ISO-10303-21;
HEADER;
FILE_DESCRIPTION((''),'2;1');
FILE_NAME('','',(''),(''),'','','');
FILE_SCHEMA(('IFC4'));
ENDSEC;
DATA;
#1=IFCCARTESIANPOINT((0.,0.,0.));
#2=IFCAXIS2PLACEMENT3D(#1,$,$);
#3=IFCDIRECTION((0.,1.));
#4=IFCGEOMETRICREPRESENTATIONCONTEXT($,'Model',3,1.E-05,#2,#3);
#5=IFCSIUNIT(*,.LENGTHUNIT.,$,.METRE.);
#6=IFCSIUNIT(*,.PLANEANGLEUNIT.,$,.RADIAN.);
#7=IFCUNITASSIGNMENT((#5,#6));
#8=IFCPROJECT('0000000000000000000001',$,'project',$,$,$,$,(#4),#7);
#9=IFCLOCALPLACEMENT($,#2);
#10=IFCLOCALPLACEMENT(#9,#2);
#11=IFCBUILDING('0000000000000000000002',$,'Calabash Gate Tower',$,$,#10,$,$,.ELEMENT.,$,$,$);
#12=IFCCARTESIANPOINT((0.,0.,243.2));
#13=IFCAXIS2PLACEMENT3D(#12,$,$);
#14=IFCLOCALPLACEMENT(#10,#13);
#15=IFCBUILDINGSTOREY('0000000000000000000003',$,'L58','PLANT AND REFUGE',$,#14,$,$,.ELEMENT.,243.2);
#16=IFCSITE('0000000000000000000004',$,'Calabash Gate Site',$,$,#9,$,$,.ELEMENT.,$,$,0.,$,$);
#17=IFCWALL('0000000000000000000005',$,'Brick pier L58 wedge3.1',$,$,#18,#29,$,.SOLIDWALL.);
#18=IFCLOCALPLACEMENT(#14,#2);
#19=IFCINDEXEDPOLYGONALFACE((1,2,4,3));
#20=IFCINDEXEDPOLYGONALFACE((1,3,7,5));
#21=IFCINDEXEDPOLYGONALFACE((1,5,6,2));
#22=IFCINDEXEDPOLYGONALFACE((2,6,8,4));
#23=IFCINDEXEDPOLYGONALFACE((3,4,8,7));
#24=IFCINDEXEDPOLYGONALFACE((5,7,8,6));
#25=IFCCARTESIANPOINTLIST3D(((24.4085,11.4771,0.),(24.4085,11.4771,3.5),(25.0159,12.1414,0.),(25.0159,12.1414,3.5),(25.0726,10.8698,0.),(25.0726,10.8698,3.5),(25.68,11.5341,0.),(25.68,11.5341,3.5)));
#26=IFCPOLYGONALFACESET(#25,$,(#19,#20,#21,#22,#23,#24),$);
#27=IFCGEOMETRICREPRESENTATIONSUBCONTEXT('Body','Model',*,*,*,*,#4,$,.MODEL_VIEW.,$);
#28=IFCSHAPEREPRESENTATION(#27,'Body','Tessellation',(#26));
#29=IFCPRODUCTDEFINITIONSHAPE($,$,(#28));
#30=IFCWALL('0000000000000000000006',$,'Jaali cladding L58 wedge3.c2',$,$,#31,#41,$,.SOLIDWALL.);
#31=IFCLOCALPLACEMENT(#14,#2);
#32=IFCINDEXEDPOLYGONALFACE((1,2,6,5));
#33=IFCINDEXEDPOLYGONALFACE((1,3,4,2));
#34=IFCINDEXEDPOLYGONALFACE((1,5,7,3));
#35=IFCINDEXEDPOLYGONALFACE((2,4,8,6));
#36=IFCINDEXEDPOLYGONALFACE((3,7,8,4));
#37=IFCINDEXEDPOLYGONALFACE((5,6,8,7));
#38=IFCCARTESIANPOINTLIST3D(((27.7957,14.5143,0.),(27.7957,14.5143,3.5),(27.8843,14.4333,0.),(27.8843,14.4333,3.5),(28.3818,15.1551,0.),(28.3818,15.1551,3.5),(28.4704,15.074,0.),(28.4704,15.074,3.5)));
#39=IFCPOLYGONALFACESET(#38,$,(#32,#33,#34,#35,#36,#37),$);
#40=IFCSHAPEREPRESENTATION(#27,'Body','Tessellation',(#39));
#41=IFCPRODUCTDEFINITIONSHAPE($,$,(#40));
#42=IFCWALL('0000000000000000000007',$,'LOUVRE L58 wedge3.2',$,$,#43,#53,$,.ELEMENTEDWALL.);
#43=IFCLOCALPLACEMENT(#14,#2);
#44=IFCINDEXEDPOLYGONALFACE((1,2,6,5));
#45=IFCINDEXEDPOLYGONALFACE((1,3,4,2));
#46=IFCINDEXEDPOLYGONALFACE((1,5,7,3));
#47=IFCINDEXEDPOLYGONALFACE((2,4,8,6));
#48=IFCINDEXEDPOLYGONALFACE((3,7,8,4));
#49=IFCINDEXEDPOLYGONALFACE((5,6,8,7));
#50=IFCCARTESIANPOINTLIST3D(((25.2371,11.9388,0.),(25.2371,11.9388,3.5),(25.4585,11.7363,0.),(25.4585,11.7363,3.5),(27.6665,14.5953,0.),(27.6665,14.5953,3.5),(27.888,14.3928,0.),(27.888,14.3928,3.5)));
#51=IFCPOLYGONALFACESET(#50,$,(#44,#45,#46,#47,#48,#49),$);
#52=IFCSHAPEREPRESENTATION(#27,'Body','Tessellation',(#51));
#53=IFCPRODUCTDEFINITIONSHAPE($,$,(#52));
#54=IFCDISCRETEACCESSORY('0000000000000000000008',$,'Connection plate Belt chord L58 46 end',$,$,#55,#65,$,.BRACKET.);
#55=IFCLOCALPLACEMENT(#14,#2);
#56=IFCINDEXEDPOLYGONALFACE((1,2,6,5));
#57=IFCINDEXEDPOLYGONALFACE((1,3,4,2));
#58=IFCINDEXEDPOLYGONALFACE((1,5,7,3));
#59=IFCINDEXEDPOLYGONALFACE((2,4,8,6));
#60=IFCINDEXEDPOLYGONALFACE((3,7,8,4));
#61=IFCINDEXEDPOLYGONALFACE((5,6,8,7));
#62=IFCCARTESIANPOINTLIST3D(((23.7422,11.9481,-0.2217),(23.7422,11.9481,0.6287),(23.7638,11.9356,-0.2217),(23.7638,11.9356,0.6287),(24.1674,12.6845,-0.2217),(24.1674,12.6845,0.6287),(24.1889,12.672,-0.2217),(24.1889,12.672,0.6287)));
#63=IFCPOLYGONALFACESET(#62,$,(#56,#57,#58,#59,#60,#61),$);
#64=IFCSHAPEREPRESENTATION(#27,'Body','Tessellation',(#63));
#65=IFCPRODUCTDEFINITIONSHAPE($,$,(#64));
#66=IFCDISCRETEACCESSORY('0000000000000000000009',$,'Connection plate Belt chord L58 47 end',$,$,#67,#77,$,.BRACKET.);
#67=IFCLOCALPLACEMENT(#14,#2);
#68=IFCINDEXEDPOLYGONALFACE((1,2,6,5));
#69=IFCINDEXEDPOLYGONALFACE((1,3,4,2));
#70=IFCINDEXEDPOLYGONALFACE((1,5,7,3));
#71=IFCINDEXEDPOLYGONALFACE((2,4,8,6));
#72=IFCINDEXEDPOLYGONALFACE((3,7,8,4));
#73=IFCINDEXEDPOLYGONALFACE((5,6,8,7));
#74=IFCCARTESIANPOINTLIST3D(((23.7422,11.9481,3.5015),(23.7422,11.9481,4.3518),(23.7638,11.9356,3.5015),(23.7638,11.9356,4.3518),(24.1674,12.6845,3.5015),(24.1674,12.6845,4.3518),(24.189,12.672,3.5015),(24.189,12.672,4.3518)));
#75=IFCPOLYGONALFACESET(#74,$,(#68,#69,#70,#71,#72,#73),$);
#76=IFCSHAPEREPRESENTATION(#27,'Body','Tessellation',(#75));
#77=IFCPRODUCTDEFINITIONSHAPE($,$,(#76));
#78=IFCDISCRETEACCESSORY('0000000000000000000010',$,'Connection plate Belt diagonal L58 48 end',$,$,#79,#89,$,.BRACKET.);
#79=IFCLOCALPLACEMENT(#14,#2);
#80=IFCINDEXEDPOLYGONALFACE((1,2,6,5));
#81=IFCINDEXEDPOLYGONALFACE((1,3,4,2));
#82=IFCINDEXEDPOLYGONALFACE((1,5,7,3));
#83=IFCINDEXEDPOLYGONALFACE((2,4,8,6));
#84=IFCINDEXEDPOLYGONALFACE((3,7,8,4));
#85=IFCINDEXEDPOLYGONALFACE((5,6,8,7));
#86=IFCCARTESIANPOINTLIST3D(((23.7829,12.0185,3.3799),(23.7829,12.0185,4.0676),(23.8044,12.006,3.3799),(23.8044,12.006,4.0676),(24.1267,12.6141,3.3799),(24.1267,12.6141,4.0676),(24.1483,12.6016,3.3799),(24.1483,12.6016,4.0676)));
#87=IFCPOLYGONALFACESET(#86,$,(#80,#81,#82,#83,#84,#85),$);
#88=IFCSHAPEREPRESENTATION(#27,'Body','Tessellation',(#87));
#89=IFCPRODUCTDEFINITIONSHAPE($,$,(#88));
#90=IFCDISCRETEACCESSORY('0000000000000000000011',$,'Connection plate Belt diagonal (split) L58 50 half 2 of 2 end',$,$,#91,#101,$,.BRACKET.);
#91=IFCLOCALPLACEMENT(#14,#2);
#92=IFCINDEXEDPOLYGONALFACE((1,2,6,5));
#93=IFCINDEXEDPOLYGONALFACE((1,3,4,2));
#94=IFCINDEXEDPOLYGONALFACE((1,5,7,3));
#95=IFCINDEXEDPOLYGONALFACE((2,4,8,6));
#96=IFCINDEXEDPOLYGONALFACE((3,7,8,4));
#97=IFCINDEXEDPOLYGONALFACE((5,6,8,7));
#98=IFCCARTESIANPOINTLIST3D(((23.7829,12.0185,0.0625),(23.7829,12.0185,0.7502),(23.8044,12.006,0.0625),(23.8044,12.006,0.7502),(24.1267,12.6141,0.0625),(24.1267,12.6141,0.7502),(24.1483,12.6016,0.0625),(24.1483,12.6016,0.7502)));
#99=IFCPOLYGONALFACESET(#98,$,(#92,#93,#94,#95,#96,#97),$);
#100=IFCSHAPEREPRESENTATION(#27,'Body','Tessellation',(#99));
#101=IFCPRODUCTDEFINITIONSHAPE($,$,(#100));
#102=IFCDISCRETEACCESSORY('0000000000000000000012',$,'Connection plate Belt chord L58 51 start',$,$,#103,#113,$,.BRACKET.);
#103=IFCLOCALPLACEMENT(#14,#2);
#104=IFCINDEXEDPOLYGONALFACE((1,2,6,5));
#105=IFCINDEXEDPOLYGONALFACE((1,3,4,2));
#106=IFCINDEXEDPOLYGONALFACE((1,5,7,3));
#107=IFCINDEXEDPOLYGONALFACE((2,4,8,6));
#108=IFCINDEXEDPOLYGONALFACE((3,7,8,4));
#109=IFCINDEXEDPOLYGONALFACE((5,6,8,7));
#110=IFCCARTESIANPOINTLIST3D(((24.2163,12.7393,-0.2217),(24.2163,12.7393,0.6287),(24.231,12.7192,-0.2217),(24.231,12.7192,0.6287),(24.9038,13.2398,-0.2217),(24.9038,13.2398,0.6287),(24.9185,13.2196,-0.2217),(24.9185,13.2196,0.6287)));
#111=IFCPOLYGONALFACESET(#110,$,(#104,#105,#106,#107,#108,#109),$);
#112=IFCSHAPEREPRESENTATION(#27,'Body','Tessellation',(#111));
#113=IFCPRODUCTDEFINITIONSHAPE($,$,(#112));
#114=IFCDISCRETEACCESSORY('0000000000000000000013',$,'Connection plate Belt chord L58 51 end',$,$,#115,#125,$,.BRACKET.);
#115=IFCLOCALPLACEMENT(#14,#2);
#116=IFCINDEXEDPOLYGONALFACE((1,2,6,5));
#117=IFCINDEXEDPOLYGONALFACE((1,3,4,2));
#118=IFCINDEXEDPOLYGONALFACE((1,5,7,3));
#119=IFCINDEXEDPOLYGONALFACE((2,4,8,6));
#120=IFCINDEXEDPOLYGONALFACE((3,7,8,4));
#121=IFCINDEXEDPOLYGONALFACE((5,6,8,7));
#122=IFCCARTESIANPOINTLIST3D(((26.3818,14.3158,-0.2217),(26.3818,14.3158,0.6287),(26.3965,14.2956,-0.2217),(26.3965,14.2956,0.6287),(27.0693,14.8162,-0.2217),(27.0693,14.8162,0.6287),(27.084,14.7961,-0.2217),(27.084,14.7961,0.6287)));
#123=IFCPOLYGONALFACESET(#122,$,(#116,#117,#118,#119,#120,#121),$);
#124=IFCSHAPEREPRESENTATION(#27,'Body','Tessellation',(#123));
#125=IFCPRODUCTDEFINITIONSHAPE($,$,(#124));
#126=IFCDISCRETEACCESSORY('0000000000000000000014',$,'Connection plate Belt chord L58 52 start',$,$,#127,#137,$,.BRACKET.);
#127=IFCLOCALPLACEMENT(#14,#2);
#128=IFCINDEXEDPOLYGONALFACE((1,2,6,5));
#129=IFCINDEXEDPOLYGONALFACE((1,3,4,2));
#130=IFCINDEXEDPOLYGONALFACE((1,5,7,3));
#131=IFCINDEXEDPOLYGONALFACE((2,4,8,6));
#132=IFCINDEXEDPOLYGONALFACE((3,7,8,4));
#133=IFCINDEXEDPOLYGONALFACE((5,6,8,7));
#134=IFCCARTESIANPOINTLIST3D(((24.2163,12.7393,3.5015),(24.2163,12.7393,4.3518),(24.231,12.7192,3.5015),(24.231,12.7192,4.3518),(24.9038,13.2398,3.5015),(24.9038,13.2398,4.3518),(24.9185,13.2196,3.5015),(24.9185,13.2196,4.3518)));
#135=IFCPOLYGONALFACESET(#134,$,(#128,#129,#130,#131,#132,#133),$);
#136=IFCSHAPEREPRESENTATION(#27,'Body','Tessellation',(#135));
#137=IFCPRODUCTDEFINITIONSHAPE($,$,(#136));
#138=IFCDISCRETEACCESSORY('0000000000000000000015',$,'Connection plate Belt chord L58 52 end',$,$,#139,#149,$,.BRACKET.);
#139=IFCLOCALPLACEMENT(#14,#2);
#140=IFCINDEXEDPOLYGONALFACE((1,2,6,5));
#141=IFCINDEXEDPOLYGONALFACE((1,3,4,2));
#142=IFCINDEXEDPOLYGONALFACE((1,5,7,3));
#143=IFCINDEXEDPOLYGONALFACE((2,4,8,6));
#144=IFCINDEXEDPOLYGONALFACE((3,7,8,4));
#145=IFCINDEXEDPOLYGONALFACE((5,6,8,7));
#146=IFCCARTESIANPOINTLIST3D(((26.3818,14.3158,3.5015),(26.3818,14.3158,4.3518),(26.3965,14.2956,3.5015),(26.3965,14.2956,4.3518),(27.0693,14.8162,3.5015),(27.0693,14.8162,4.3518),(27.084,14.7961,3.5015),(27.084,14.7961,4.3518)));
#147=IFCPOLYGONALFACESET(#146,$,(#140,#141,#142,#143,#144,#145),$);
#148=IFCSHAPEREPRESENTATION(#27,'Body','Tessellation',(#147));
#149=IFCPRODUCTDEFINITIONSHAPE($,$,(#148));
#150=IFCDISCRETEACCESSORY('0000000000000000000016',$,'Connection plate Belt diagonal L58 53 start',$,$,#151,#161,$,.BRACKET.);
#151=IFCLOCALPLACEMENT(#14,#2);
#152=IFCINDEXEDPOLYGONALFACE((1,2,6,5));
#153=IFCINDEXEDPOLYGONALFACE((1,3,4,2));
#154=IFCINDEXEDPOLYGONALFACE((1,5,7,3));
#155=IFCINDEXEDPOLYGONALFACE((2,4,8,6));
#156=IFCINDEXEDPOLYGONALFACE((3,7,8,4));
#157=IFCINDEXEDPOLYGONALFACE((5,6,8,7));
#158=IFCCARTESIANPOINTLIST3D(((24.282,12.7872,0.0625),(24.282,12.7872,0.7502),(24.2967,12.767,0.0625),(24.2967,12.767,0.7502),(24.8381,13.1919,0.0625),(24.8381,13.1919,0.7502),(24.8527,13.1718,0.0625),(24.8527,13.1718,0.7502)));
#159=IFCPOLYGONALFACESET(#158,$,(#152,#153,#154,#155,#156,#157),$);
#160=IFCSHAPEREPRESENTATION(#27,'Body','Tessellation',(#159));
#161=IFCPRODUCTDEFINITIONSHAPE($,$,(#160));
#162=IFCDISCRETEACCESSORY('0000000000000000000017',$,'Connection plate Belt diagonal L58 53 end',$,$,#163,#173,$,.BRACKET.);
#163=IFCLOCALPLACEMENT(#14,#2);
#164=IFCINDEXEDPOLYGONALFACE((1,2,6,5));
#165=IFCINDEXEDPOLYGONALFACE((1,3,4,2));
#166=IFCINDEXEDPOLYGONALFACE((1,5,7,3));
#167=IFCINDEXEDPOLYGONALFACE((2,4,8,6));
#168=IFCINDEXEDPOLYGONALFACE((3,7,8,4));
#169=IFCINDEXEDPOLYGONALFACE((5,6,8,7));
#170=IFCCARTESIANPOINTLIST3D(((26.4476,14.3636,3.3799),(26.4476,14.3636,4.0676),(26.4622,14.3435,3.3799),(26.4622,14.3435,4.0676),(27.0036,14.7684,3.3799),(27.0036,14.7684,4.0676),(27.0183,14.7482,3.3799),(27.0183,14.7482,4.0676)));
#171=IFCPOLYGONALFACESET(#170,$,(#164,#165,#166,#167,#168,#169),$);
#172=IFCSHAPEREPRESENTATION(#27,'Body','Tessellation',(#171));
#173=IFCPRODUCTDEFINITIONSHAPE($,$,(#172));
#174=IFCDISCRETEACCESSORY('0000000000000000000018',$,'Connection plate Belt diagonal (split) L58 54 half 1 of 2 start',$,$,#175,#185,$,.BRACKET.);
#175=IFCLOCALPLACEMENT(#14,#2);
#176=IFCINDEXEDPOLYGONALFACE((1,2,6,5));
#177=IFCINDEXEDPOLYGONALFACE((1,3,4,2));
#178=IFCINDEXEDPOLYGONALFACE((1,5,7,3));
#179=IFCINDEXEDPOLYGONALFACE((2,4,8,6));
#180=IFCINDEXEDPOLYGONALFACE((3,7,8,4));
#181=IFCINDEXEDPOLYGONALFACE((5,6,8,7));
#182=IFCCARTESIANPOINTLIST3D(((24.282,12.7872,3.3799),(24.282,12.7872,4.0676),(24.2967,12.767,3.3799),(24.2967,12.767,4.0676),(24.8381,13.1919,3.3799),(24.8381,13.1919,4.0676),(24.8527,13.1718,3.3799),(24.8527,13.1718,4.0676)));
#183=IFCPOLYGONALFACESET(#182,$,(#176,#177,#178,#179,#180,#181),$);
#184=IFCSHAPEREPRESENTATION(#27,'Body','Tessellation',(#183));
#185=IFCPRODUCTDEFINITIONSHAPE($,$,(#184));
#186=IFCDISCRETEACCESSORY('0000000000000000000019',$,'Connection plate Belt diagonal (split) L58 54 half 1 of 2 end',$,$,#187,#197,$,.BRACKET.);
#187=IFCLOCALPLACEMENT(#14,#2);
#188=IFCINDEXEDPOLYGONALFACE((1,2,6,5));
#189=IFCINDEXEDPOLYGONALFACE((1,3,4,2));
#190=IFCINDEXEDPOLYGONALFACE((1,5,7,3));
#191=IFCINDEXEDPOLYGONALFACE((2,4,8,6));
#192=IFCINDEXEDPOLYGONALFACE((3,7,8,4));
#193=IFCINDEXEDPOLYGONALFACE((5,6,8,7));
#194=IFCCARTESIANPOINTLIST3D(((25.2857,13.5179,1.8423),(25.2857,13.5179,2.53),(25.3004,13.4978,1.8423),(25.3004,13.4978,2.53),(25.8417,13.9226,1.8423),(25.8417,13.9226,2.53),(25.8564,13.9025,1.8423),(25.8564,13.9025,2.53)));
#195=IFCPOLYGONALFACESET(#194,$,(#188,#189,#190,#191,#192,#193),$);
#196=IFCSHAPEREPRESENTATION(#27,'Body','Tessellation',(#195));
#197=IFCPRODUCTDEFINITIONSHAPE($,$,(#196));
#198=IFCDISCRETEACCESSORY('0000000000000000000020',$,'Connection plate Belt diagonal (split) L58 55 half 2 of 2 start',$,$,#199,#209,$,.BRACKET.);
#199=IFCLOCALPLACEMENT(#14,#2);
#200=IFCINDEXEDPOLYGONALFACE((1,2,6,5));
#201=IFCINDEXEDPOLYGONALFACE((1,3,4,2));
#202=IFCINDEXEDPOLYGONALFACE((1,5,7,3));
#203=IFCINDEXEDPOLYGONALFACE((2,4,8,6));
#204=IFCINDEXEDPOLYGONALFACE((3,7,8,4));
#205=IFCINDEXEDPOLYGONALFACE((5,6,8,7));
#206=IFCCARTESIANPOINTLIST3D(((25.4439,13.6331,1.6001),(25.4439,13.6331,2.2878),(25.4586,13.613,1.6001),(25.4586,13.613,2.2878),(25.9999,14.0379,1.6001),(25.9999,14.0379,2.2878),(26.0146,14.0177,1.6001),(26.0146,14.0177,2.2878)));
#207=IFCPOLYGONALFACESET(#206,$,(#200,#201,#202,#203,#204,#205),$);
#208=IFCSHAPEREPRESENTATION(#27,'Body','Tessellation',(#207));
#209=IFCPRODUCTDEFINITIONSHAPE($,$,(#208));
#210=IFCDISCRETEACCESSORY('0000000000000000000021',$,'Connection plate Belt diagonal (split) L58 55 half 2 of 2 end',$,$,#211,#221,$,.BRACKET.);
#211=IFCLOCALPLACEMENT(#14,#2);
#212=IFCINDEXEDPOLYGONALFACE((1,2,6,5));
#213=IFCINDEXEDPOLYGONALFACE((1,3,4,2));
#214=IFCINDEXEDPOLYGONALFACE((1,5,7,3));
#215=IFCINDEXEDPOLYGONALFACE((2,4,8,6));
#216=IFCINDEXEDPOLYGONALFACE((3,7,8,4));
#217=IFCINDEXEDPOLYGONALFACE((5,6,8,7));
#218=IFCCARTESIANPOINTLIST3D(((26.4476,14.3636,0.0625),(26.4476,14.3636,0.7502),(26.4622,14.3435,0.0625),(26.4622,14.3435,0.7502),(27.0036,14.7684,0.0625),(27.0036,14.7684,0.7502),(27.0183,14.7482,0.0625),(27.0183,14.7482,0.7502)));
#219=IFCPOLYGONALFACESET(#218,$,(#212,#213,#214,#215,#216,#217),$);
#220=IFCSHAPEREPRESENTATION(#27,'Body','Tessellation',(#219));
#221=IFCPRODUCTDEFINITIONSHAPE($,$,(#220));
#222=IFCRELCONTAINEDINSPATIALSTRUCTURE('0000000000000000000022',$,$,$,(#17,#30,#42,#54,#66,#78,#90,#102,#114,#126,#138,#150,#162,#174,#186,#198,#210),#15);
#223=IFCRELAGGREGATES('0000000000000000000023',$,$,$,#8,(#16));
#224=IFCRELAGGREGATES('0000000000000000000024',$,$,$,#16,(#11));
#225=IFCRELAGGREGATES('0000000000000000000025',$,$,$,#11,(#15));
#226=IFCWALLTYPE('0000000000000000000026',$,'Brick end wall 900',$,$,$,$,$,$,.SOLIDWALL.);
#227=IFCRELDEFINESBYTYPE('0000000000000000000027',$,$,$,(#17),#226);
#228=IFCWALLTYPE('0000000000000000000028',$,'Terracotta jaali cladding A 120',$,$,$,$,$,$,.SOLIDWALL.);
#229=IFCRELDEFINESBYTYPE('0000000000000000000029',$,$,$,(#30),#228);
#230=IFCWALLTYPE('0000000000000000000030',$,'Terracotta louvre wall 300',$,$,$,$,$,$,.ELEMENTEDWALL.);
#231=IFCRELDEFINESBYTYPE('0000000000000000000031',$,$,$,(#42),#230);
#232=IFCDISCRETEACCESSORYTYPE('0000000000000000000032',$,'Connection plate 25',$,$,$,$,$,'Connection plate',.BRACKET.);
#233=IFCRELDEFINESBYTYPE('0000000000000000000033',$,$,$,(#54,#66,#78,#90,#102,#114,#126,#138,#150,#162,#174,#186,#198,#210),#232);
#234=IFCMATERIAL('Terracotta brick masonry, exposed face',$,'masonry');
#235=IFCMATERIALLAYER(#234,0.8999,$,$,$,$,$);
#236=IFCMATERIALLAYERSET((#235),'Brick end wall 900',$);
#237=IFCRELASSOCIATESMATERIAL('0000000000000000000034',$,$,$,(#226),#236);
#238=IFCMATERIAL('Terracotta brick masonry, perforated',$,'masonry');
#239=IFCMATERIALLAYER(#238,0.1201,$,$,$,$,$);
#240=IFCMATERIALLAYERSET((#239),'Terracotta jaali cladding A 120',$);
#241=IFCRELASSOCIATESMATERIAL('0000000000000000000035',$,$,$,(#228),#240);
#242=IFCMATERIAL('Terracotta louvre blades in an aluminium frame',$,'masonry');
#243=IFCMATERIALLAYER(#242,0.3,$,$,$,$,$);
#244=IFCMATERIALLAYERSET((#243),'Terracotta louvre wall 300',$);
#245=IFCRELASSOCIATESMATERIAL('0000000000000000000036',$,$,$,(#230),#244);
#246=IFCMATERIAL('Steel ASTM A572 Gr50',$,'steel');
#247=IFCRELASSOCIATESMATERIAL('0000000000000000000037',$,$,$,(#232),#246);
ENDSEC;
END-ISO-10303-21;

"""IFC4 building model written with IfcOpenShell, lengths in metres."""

from ifc_helpers import new_model, si_unit, direction, frame, frame_2d, origin, origin_2d, place, context, subcontext, project, spatial, rectangle, extrude, material, layer, layer_set, type_object, element, save


model = new_model("IFC4")

# Units and contexts
model_context = context("Model", 3, precision=1e-05, world=origin(), true_north=direction((0.0, 1.0)))
body_context = subcontext(model_context, "Body", "Model", "MODEL_VIEW")
ifc_project = project(units=[si_unit("LENGTHUNIT", "METRE"), si_unit("PLANEANGLEUNIT", "RADIAN")], contexts=[model_context])

# Site, building, storey
site_placement = place(None, origin())
site = spatial("IfcSite", under=ifc_project, at=site_placement, Name="Calabash Gate Site", CompositionType="ELEMENT", RefElevation=0.0)
building_placement = place(site_placement, origin())
building = spatial("IfcBuilding", under=site, at=building_placement, Name="Calabash Gate Tower", CompositionType="ELEMENT")
storey_placement = place(building_placement, frame((0.0, 0.0, 243.2)))
storey = spatial("IfcBuildingStorey", under=building, at=storey_placement, Name="L58", Description="PLANT AND REFUGE", CompositionType="ELEMENT", Elevation=243.2)

# Walls
ifc_material_1 = material(Name="Terracotta brick masonry, exposed face", Category="masonry")
ifc_layer_1 = layer(ifc_material_1, 0.8999)
ifc_layer_set_1 = layer_set([ifc_layer_1], Name="Brick end wall 900")
wall_type_1 = type_object("IfcWallType", Name="Brick end wall 900", PredefinedType="SOLIDWALL", material=ifc_layer_set_1)
wall_1_placement = place(storey_placement, frame((24.7405, 11.1733, 0.0), z_axis=(0.0, 0.0, 1.0), x_axis=(0.674803, 0.737998, 0.0)))
element("IfcWall", 1, at=wall_1_placement, inside=storey, type_object=wall_type_1, Name="Brick pier L58 wedge3.1", PredefinedType="SOLIDWALL", context=body_context, shape_type="SweptSolid", body=[
    extrude(rectangle(XDim=0.9001, YDim=0.8999, at=frame_2d((0.4502, 0.0))), origin(), (0.0, 0.0, 1.0), 3.5),
])
ifc_material_2 = material(Name="Terracotta brick masonry, perforated", Category="masonry")
ifc_layer_2 = layer(ifc_material_2, 0.1201)
ifc_layer_set_2 = layer_set([ifc_layer_2], Name="Terracotta jaali cladding A 120")
wall_type_2 = type_object("IfcWallType", Name="Terracotta jaali cladding A 120", PredefinedType="SOLIDWALL", material=ifc_layer_set_2)
wall_2_placement = place(storey_placement, frame((27.8401, 14.4739, 0.0), z_axis=(0.0, 0.0, 1.0), x_axis=(0.674922, 0.737889, 0.0)))
element("IfcWall", 2, at=wall_2_placement, inside=storey, type_object=wall_type_2, Name="Jaali cladding L58 wedge3.c2", PredefinedType="SOLIDWALL", context=body_context, shape_type="SweptSolid", body=[
    extrude(rectangle(XDim=0.8684, YDim=0.1201, at=frame_2d((0.4341, 0.0))), origin(), (0.0, 0.0, 1.0), 3.5),
])
ifc_material_3 = material(Name="Terracotta louvre blades in an aluminium frame", Category="masonry")
ifc_layer_3 = layer(ifc_material_3, 0.3)
ifc_layer_set_3 = layer_set([ifc_layer_3], Name="Terracotta louvre wall 300")
wall_type_3 = type_object("IfcWallType", Name="Terracotta louvre wall 300", PredefinedType="ELEMENTEDWALL", material=ifc_layer_set_3)
wall_3_placement = place(storey_placement, frame((25.3479, 11.8376, 0.0), z_axis=(0.0, 0.0, 1.0), x_axis=(0.674867, 0.737939, 0.0)))
element("IfcWall", 3, at=wall_3_placement, inside=storey, type_object=wall_type_3, Name="LOUVRE L58 wedge3.2", PredefinedType="ELEMENTEDWALL", context=body_context, shape_type="SweptSolid", body=[
    extrude(rectangle(XDim=3.5999, YDim=0.3, at=frame_2d((1.7998, 0.0))), origin(), (0.0, 0.0, 1.0), 3.5),
])

# Discrete accessories
ifc_material_4 = material(Name="Steel ASTM A572 Gr50", Category="steel")
discrete_accessory_type = type_object("IfcDiscreteAccessoryType", Name="Connection plate 25", ElementType="Connection plate", PredefinedType="BRACKET", material=ifc_material_4)
for number, where, z_axis, x_axis, name in (
    (4, (23.9656, 12.3101, -0.2217), (0.0, 0.0, 1.0), (0.5, 0.866025, 0.0), "Connection plate Belt chord L58 46 end"),
    (5, (23.9656, 12.3101, 3.5015), (0.0, 0.0, 1.0), (0.500044, 0.866, 0.0), "Connection plate Belt chord L58 47 end"),
):
    element("IfcDiscreteAccessory", number, at=place(storey_placement, frame(where, z_axis=z_axis, x_axis=x_axis)), inside=storey, type_object=discrete_accessory_type, Name=name, PredefinedType="BRACKET", context=body_context, shape_type="SweptSolid", body=[
        extrude(rectangle(XDim=0.8503, YDim=0.0249, at=origin_2d()), origin(), (0.0, 0.0, 1.0), 0.8503),
    ])
for number, where, z_axis, x_axis, name in (
    (6, (23.9656, 12.3101, 3.3799), (0.0, 0.0, 1.0), (0.5, 0.866025, 0.0), "Connection plate Belt diagonal L58 48 end"),
    (7, (23.9656, 12.3101, 0.0625), (0.0, 0.0, 1.0), (0.5, 0.866025, 0.0), "Connection plate Belt diagonal (split) L58 50 half 2 of 2 end"),
):
    element("IfcDiscreteAccessory", number, at=place(storey_placement, frame(where, z_axis=z_axis, x_axis=x_axis)), inside=storey, type_object=discrete_accessory_type, Name=name, PredefinedType="BRACKET", context=body_context, shape_type="SweptSolid", body=[
        extrude(rectangle(XDim=0.6877, YDim=0.0249, at=origin_2d()), origin(), (0.0, 0.0, 1.0), 0.6877),
    ])
for number, where, z_axis, x_axis, name in (
    (8, (24.5674, 12.9795, -0.2217), (0.0, 0.0, 1.0), (0.808482, 0.588521, 0.0), "Connection plate Belt chord L58 51 start"),
    (9, (26.7329, 14.5559, -0.2217), (0.0, 0.0, 1.0), (0.808482, 0.588521, 0.0), "Connection plate Belt chord L58 51 end"),
    (10, (24.5674, 12.9795, 3.5015), (0.0, 0.0, 1.0), (0.808482, 0.588521, 0.0), "Connection plate Belt chord L58 52 start"),
    (11, (26.7329, 14.5559, 3.5015), (0.0, 0.0, 1.0), (0.808482, 0.588521, 0.0), "Connection plate Belt chord L58 52 end"),
):
    element("IfcDiscreteAccessory", number, at=place(storey_placement, frame(where, z_axis=z_axis, x_axis=x_axis)), inside=storey, type_object=discrete_accessory_type, Name=name, PredefinedType="BRACKET", context=body_context, shape_type="SweptSolid", body=[
        extrude(rectangle(XDim=0.8503, YDim=0.0249, at=origin_2d()), origin(), (0.0, 0.0, 1.0), 0.8503),
    ])
for number, where, z_axis, x_axis, name in (
    (12, (24.5674, 12.9795, 0.0625), (0.0, 0.0, 1.0), (0.808482, 0.588521, 0.0), "Connection plate Belt diagonal L58 53 start"),
    (13, (26.7329, 14.5559, 3.3799), (0.0, 0.0, 1.0), (0.808482, 0.588521, 0.0), "Connection plate Belt diagonal L58 53 end"),
    (14, (24.5674, 12.9795, 3.3799), (0.0, 0.0, 1.0), (0.808482, 0.588521, 0.0), "Connection plate Belt diagonal (split) L58 54 half 1 of 2 start"),
    (15, (25.571, 13.7102, 1.8423), (0.0, 0.0, 1.0), (0.808482, 0.588521, 0.0), "Connection plate Belt diagonal (split) L58 54 half 1 of 2 end"),
    (16, (25.7292, 13.8254, 1.6001), (0.0, 0.0, 1.0), (0.808482, 0.588521, 0.0), "Connection plate Belt diagonal (split) L58 55 half 2 of 2 start"),
    (17, (26.7329, 14.5559, 0.0625), (0.0, 0.0, 1.0), (0.808482, 0.588521, 0.0), "Connection plate Belt diagonal (split) L58 55 half 2 of 2 end"),
):
    element("IfcDiscreteAccessory", number, at=place(storey_placement, frame(where, z_axis=z_axis, x_axis=x_axis)), inside=storey, type_object=discrete_accessory_type, Name=name, PredefinedType="BRACKET", context=body_context, shape_type="SweptSolid", body=[
        extrude(rectangle(XDim=0.6877, YDim=0.0249, at=origin_2d()), origin(), (0.0, 0.0, 1.0), 0.6877),
    ])

save(model, "model.ifc")
